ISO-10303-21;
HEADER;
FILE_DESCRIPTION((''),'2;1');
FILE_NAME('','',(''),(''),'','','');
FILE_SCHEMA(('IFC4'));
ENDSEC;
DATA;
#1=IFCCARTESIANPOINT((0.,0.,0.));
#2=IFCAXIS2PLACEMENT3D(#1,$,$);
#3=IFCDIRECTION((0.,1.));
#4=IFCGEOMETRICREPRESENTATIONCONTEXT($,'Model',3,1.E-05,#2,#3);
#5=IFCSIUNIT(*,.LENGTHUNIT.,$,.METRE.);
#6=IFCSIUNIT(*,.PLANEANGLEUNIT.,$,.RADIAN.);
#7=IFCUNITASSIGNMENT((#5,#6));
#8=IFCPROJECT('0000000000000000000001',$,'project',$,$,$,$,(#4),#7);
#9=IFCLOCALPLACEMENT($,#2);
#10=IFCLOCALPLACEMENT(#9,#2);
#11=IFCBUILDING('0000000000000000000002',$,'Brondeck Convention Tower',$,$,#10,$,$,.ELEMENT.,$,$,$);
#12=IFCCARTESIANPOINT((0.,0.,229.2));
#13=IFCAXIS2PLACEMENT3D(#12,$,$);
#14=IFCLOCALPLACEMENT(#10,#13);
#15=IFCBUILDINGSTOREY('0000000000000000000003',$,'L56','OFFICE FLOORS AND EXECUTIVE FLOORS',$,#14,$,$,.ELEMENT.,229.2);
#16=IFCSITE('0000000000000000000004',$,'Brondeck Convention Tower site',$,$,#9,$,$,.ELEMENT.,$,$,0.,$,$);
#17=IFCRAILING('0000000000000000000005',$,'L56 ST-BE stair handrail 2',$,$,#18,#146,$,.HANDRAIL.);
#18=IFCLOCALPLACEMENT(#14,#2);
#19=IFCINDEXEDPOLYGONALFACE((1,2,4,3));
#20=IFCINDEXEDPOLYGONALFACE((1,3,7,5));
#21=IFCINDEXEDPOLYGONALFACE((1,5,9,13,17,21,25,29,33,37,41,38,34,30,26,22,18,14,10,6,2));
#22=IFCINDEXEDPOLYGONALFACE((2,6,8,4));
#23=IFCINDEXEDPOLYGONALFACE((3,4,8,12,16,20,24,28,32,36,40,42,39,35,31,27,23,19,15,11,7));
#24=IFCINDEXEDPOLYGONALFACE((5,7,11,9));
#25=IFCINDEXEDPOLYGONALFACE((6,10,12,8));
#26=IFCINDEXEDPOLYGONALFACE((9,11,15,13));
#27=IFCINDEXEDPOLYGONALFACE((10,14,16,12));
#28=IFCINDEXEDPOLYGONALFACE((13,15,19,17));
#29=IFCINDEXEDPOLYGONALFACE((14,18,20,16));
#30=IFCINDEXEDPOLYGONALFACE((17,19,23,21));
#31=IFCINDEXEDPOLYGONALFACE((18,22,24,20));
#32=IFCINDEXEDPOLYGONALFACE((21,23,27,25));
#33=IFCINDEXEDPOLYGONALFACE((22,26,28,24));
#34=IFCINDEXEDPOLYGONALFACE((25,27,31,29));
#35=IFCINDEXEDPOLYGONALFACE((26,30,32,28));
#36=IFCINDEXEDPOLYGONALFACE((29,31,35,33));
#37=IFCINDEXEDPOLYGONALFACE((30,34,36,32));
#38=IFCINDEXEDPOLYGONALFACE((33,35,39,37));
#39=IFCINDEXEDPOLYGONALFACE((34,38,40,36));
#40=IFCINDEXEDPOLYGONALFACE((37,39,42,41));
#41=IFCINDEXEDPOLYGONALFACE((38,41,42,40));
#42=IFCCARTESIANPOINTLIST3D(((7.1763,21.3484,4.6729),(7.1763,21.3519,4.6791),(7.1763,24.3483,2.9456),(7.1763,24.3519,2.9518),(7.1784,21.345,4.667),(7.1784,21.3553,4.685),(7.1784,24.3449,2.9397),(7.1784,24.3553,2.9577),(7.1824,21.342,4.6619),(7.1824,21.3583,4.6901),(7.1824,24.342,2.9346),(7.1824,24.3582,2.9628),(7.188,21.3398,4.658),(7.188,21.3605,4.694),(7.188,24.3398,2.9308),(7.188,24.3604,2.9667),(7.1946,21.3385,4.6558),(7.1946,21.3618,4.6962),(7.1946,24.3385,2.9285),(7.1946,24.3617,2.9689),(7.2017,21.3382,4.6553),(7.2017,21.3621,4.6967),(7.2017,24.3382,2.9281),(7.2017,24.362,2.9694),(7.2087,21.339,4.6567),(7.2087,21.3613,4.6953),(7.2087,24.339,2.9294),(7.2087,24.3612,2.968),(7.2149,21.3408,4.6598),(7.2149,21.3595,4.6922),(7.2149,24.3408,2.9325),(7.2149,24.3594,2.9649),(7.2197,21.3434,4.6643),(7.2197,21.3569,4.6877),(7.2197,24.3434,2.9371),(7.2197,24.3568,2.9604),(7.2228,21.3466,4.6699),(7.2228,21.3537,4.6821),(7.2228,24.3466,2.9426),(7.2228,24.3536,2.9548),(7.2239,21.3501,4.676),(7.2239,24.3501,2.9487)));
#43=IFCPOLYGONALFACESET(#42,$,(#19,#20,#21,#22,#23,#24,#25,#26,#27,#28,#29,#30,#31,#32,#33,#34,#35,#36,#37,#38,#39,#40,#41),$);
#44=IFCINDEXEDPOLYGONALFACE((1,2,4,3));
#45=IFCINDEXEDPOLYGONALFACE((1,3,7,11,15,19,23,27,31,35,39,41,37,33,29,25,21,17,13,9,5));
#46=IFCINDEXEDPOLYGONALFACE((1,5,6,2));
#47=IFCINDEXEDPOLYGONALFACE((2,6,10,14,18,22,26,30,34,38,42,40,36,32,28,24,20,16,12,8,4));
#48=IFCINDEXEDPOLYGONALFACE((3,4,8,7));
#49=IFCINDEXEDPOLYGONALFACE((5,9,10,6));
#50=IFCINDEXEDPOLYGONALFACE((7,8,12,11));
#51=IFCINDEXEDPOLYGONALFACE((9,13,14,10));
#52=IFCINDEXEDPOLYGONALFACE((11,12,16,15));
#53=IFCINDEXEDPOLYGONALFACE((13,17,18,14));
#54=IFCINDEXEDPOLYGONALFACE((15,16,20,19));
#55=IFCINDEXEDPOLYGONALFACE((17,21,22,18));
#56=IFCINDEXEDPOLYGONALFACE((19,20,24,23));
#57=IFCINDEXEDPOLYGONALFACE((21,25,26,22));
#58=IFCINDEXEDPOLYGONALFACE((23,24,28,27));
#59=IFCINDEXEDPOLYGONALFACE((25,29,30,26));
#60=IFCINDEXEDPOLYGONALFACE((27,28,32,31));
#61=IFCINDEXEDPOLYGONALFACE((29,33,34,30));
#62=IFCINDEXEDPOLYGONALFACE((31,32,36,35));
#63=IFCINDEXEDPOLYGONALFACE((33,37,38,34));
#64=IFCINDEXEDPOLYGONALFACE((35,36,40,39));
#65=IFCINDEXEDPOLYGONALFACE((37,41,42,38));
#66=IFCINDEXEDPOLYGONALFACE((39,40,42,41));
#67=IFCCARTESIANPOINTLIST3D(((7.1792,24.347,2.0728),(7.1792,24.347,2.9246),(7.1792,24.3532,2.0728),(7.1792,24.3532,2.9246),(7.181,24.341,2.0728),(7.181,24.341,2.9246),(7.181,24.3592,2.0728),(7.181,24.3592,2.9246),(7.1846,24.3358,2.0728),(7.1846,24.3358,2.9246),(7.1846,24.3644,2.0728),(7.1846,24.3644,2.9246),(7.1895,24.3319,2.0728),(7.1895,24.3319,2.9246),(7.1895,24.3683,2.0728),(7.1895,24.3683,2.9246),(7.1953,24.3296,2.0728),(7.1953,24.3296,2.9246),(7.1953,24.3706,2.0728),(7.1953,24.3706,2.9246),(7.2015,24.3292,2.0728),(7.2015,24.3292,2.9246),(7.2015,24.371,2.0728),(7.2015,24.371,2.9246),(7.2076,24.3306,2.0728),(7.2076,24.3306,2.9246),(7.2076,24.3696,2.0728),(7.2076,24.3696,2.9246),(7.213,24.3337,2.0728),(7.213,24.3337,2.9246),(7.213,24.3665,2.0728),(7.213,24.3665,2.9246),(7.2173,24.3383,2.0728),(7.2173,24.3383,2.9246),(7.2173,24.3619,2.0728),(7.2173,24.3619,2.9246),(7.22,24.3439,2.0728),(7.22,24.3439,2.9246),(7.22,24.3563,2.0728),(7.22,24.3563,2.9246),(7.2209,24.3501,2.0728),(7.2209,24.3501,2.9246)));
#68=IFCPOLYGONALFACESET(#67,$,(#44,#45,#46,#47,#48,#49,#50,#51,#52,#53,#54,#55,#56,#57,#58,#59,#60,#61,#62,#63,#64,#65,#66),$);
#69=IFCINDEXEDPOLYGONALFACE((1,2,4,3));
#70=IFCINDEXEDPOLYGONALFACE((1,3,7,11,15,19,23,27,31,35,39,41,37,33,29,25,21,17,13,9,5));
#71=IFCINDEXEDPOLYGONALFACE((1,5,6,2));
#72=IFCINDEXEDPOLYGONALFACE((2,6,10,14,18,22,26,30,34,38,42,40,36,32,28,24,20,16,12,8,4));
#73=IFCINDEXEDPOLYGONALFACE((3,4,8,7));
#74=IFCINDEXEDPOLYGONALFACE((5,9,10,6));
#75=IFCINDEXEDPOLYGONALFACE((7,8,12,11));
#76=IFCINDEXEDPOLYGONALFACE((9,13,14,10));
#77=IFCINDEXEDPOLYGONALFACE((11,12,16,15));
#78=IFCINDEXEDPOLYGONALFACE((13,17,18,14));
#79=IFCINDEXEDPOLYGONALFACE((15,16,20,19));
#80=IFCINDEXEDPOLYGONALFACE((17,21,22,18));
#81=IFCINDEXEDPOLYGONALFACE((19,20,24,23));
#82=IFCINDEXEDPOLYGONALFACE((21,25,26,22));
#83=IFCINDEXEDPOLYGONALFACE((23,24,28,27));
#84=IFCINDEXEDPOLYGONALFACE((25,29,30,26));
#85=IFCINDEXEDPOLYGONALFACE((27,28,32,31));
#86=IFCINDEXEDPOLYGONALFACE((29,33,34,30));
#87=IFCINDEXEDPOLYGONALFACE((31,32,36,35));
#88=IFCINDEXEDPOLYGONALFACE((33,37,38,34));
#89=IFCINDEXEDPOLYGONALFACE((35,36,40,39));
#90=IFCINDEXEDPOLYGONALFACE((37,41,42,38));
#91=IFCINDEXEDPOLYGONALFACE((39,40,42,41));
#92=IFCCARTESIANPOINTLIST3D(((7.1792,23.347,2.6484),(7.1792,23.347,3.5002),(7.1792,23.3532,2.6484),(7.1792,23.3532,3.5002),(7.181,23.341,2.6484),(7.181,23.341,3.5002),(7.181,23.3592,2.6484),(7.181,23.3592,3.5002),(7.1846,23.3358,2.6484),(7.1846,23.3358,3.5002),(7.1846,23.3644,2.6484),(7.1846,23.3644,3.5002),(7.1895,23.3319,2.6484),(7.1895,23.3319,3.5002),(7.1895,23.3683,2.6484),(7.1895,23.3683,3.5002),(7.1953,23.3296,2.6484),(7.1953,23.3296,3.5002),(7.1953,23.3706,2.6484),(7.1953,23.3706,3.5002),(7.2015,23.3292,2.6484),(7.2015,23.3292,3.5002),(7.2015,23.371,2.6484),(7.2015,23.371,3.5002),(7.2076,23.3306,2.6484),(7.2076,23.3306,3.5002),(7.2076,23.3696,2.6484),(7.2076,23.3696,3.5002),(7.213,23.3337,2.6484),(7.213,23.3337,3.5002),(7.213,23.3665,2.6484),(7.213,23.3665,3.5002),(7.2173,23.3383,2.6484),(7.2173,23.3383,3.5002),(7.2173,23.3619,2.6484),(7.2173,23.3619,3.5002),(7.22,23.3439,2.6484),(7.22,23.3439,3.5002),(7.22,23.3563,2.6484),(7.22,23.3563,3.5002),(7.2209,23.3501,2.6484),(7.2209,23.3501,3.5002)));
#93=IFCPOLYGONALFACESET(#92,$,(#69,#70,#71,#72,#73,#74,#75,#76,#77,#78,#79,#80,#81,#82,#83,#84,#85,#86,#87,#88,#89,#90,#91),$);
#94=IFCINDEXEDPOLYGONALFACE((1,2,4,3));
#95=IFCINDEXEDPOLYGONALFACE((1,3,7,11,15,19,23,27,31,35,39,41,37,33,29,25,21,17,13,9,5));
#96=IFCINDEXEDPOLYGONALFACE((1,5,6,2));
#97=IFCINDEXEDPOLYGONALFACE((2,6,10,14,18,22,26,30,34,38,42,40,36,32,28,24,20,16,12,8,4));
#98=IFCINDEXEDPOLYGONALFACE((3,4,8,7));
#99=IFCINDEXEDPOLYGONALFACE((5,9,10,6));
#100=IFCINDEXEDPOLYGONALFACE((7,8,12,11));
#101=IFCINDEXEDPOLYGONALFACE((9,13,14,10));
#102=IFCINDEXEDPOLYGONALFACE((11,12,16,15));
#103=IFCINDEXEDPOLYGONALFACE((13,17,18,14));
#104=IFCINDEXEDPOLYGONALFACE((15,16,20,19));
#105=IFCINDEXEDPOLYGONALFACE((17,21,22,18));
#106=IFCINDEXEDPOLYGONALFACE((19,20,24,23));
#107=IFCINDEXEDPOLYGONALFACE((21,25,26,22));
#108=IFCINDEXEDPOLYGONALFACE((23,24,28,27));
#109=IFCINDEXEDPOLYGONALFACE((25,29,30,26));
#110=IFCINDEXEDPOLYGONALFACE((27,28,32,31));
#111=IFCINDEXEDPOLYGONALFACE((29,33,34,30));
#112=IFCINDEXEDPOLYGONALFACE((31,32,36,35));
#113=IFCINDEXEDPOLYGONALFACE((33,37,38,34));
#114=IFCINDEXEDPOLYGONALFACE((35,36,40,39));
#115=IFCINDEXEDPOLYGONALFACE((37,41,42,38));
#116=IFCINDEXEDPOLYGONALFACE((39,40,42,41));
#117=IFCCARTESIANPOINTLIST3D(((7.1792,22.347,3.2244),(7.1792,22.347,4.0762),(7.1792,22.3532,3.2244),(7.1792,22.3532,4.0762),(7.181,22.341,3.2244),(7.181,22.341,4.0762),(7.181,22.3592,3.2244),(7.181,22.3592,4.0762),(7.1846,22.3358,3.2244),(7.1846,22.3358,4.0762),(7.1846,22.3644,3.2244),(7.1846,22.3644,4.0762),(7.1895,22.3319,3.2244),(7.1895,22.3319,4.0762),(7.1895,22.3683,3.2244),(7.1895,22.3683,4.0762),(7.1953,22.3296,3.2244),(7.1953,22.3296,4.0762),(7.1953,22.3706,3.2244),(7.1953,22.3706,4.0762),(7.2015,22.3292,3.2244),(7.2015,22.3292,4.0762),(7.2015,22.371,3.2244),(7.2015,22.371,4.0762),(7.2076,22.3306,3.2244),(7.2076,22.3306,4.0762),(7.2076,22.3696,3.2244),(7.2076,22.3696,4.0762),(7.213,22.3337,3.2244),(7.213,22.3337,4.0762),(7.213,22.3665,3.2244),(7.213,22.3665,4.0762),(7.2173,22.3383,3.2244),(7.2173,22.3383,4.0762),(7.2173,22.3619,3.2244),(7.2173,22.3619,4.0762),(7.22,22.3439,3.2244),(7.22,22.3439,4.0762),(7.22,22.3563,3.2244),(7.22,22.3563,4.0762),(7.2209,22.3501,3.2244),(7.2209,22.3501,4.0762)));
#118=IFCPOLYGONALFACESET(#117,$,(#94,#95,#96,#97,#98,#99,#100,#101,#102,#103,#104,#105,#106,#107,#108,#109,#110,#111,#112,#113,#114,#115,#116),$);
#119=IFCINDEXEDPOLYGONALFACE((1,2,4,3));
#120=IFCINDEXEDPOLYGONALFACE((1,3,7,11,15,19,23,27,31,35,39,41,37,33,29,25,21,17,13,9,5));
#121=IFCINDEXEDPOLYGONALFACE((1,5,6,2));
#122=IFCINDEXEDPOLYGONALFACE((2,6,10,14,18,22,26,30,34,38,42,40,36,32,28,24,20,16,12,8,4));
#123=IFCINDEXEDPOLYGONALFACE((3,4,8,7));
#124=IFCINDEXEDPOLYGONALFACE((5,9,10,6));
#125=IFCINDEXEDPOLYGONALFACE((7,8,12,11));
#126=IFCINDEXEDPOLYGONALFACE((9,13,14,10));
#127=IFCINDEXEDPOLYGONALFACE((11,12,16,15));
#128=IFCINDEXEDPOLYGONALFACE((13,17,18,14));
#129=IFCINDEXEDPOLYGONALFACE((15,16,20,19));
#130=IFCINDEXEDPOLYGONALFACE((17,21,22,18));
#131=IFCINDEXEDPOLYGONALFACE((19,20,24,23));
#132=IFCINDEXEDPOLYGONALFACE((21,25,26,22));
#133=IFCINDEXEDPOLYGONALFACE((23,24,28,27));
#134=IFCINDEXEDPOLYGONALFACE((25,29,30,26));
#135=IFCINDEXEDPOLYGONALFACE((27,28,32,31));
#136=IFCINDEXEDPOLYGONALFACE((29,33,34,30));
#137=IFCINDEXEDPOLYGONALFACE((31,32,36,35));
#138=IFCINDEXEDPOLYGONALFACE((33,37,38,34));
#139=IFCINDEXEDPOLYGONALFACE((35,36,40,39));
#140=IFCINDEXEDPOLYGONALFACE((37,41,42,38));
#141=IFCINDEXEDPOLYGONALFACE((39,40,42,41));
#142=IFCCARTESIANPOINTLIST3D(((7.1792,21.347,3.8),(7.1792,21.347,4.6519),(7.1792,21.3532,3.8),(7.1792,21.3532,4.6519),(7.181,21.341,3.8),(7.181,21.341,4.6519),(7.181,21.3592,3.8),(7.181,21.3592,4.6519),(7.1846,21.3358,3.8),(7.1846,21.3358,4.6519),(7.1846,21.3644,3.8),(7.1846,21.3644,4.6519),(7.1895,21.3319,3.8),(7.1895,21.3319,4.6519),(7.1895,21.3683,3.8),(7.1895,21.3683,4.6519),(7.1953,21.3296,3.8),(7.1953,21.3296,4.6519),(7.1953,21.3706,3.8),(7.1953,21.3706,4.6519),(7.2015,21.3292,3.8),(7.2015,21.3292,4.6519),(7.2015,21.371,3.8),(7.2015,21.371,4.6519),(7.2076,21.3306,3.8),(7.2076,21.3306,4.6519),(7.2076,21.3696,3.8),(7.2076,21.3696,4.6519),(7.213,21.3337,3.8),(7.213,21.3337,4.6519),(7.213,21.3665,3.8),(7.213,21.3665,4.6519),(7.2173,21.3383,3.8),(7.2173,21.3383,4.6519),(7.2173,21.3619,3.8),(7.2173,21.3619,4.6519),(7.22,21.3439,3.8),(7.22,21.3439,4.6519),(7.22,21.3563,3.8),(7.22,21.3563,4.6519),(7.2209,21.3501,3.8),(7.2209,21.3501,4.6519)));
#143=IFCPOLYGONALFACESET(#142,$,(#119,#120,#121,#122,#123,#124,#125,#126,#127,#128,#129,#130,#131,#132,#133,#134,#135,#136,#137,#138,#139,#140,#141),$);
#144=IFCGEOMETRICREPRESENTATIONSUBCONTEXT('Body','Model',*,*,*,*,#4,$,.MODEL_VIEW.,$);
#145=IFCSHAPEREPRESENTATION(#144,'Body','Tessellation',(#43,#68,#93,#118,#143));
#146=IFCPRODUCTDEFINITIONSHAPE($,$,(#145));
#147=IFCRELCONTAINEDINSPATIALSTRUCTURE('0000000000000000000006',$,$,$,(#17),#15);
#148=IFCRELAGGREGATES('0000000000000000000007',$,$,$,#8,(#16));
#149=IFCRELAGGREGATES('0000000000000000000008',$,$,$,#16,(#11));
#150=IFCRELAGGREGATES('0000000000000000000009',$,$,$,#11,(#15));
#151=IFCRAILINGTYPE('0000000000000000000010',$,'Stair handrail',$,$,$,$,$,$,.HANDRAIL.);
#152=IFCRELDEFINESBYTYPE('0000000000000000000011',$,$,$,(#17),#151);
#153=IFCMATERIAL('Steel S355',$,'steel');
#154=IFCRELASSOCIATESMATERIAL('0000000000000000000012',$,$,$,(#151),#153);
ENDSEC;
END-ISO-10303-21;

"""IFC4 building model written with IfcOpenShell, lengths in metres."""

from ifc_helpers import new_model, si_unit, direction, frame, origin, origin_2d, place, context, subcontext, project, spatial, circle, extrude, material, type_object, element, save


model = new_model("IFC4")

# Units and contexts
model_context = context("Model", 3, precision=1e-05, world=origin(), true_north=direction((0.0, 1.0)))
body_context = subcontext(model_context, "Body", "Model", "MODEL_VIEW")
ifc_project = project(units=[si_unit("LENGTHUNIT", "METRE"), si_unit("PLANEANGLEUNIT", "RADIAN")], contexts=[model_context])

# Site, building, storey
site_placement = place(None, origin())
site = spatial("IfcSite", under=ifc_project, at=site_placement, Name="Brondeck Convention Tower site", CompositionType="ELEMENT", RefElevation=0.0)
building_placement = place(site_placement, origin())
building = spatial("IfcBuilding", under=site, at=building_placement, Name="Brondeck Convention Tower", CompositionType="ELEMENT")
storey_placement = place(building_placement, frame((0.0, 0.0, 229.2)))
storey = spatial("IfcBuildingStorey", under=building, at=storey_placement, Name="L56", Description="OFFICE FLOORS AND EXECUTIVE FLOORS", CompositionType="ELEMENT", Elevation=229.2)

# Shared definitions
ifc_material_1 = material(Name="Steel S355", Category="steel")

# Railing
railing_type_1 = type_object("IfcRailingType", Name="Stair handrail", PredefinedType="HANDRAIL", material=ifc_material_1)
railing_1_placement = place(storey_placement, frame((7.2, 24.3501, 2.0728)))
element("IfcRailing", 1, at=railing_1_placement, inside=storey, type_object=railing_type_1, Name="L56 ST-BE stair handrail 2", PredefinedType="HANDRAIL", context=body_context, shape_type="SweptSolid", body=[
    extrude(circle(Radius=0.0239, at=origin_2d()), frame((0.0, 0.0, 0.876), z_axis=(0.0, -0.86662, 0.498969), x_axis=(1.0, 0.0, 0.0)), (0.0, 0.0, 1.0), 3.4617),
    extrude(circle(Radius=0.021, at=origin_2d()), origin(), (0.0, 0.0, 1.0), 0.8518),
    extrude(circle(Radius=0.021, at=origin_2d()), frame((0.0, -1.0, 0.5757)), (0.0, 0.0, 1.0), 0.8518),
    extrude(circle(Radius=0.021, at=origin_2d()), frame((0.0, -2.0, 1.1516)), (0.0, 0.0, 1.0), 0.8518),
    extrude(circle(Radius=0.021, at=origin_2d()), frame((0.0, -3.0, 1.7273)), (0.0, 0.0, 1.0), 0.8518),
])

save(model, "model.ifc")
